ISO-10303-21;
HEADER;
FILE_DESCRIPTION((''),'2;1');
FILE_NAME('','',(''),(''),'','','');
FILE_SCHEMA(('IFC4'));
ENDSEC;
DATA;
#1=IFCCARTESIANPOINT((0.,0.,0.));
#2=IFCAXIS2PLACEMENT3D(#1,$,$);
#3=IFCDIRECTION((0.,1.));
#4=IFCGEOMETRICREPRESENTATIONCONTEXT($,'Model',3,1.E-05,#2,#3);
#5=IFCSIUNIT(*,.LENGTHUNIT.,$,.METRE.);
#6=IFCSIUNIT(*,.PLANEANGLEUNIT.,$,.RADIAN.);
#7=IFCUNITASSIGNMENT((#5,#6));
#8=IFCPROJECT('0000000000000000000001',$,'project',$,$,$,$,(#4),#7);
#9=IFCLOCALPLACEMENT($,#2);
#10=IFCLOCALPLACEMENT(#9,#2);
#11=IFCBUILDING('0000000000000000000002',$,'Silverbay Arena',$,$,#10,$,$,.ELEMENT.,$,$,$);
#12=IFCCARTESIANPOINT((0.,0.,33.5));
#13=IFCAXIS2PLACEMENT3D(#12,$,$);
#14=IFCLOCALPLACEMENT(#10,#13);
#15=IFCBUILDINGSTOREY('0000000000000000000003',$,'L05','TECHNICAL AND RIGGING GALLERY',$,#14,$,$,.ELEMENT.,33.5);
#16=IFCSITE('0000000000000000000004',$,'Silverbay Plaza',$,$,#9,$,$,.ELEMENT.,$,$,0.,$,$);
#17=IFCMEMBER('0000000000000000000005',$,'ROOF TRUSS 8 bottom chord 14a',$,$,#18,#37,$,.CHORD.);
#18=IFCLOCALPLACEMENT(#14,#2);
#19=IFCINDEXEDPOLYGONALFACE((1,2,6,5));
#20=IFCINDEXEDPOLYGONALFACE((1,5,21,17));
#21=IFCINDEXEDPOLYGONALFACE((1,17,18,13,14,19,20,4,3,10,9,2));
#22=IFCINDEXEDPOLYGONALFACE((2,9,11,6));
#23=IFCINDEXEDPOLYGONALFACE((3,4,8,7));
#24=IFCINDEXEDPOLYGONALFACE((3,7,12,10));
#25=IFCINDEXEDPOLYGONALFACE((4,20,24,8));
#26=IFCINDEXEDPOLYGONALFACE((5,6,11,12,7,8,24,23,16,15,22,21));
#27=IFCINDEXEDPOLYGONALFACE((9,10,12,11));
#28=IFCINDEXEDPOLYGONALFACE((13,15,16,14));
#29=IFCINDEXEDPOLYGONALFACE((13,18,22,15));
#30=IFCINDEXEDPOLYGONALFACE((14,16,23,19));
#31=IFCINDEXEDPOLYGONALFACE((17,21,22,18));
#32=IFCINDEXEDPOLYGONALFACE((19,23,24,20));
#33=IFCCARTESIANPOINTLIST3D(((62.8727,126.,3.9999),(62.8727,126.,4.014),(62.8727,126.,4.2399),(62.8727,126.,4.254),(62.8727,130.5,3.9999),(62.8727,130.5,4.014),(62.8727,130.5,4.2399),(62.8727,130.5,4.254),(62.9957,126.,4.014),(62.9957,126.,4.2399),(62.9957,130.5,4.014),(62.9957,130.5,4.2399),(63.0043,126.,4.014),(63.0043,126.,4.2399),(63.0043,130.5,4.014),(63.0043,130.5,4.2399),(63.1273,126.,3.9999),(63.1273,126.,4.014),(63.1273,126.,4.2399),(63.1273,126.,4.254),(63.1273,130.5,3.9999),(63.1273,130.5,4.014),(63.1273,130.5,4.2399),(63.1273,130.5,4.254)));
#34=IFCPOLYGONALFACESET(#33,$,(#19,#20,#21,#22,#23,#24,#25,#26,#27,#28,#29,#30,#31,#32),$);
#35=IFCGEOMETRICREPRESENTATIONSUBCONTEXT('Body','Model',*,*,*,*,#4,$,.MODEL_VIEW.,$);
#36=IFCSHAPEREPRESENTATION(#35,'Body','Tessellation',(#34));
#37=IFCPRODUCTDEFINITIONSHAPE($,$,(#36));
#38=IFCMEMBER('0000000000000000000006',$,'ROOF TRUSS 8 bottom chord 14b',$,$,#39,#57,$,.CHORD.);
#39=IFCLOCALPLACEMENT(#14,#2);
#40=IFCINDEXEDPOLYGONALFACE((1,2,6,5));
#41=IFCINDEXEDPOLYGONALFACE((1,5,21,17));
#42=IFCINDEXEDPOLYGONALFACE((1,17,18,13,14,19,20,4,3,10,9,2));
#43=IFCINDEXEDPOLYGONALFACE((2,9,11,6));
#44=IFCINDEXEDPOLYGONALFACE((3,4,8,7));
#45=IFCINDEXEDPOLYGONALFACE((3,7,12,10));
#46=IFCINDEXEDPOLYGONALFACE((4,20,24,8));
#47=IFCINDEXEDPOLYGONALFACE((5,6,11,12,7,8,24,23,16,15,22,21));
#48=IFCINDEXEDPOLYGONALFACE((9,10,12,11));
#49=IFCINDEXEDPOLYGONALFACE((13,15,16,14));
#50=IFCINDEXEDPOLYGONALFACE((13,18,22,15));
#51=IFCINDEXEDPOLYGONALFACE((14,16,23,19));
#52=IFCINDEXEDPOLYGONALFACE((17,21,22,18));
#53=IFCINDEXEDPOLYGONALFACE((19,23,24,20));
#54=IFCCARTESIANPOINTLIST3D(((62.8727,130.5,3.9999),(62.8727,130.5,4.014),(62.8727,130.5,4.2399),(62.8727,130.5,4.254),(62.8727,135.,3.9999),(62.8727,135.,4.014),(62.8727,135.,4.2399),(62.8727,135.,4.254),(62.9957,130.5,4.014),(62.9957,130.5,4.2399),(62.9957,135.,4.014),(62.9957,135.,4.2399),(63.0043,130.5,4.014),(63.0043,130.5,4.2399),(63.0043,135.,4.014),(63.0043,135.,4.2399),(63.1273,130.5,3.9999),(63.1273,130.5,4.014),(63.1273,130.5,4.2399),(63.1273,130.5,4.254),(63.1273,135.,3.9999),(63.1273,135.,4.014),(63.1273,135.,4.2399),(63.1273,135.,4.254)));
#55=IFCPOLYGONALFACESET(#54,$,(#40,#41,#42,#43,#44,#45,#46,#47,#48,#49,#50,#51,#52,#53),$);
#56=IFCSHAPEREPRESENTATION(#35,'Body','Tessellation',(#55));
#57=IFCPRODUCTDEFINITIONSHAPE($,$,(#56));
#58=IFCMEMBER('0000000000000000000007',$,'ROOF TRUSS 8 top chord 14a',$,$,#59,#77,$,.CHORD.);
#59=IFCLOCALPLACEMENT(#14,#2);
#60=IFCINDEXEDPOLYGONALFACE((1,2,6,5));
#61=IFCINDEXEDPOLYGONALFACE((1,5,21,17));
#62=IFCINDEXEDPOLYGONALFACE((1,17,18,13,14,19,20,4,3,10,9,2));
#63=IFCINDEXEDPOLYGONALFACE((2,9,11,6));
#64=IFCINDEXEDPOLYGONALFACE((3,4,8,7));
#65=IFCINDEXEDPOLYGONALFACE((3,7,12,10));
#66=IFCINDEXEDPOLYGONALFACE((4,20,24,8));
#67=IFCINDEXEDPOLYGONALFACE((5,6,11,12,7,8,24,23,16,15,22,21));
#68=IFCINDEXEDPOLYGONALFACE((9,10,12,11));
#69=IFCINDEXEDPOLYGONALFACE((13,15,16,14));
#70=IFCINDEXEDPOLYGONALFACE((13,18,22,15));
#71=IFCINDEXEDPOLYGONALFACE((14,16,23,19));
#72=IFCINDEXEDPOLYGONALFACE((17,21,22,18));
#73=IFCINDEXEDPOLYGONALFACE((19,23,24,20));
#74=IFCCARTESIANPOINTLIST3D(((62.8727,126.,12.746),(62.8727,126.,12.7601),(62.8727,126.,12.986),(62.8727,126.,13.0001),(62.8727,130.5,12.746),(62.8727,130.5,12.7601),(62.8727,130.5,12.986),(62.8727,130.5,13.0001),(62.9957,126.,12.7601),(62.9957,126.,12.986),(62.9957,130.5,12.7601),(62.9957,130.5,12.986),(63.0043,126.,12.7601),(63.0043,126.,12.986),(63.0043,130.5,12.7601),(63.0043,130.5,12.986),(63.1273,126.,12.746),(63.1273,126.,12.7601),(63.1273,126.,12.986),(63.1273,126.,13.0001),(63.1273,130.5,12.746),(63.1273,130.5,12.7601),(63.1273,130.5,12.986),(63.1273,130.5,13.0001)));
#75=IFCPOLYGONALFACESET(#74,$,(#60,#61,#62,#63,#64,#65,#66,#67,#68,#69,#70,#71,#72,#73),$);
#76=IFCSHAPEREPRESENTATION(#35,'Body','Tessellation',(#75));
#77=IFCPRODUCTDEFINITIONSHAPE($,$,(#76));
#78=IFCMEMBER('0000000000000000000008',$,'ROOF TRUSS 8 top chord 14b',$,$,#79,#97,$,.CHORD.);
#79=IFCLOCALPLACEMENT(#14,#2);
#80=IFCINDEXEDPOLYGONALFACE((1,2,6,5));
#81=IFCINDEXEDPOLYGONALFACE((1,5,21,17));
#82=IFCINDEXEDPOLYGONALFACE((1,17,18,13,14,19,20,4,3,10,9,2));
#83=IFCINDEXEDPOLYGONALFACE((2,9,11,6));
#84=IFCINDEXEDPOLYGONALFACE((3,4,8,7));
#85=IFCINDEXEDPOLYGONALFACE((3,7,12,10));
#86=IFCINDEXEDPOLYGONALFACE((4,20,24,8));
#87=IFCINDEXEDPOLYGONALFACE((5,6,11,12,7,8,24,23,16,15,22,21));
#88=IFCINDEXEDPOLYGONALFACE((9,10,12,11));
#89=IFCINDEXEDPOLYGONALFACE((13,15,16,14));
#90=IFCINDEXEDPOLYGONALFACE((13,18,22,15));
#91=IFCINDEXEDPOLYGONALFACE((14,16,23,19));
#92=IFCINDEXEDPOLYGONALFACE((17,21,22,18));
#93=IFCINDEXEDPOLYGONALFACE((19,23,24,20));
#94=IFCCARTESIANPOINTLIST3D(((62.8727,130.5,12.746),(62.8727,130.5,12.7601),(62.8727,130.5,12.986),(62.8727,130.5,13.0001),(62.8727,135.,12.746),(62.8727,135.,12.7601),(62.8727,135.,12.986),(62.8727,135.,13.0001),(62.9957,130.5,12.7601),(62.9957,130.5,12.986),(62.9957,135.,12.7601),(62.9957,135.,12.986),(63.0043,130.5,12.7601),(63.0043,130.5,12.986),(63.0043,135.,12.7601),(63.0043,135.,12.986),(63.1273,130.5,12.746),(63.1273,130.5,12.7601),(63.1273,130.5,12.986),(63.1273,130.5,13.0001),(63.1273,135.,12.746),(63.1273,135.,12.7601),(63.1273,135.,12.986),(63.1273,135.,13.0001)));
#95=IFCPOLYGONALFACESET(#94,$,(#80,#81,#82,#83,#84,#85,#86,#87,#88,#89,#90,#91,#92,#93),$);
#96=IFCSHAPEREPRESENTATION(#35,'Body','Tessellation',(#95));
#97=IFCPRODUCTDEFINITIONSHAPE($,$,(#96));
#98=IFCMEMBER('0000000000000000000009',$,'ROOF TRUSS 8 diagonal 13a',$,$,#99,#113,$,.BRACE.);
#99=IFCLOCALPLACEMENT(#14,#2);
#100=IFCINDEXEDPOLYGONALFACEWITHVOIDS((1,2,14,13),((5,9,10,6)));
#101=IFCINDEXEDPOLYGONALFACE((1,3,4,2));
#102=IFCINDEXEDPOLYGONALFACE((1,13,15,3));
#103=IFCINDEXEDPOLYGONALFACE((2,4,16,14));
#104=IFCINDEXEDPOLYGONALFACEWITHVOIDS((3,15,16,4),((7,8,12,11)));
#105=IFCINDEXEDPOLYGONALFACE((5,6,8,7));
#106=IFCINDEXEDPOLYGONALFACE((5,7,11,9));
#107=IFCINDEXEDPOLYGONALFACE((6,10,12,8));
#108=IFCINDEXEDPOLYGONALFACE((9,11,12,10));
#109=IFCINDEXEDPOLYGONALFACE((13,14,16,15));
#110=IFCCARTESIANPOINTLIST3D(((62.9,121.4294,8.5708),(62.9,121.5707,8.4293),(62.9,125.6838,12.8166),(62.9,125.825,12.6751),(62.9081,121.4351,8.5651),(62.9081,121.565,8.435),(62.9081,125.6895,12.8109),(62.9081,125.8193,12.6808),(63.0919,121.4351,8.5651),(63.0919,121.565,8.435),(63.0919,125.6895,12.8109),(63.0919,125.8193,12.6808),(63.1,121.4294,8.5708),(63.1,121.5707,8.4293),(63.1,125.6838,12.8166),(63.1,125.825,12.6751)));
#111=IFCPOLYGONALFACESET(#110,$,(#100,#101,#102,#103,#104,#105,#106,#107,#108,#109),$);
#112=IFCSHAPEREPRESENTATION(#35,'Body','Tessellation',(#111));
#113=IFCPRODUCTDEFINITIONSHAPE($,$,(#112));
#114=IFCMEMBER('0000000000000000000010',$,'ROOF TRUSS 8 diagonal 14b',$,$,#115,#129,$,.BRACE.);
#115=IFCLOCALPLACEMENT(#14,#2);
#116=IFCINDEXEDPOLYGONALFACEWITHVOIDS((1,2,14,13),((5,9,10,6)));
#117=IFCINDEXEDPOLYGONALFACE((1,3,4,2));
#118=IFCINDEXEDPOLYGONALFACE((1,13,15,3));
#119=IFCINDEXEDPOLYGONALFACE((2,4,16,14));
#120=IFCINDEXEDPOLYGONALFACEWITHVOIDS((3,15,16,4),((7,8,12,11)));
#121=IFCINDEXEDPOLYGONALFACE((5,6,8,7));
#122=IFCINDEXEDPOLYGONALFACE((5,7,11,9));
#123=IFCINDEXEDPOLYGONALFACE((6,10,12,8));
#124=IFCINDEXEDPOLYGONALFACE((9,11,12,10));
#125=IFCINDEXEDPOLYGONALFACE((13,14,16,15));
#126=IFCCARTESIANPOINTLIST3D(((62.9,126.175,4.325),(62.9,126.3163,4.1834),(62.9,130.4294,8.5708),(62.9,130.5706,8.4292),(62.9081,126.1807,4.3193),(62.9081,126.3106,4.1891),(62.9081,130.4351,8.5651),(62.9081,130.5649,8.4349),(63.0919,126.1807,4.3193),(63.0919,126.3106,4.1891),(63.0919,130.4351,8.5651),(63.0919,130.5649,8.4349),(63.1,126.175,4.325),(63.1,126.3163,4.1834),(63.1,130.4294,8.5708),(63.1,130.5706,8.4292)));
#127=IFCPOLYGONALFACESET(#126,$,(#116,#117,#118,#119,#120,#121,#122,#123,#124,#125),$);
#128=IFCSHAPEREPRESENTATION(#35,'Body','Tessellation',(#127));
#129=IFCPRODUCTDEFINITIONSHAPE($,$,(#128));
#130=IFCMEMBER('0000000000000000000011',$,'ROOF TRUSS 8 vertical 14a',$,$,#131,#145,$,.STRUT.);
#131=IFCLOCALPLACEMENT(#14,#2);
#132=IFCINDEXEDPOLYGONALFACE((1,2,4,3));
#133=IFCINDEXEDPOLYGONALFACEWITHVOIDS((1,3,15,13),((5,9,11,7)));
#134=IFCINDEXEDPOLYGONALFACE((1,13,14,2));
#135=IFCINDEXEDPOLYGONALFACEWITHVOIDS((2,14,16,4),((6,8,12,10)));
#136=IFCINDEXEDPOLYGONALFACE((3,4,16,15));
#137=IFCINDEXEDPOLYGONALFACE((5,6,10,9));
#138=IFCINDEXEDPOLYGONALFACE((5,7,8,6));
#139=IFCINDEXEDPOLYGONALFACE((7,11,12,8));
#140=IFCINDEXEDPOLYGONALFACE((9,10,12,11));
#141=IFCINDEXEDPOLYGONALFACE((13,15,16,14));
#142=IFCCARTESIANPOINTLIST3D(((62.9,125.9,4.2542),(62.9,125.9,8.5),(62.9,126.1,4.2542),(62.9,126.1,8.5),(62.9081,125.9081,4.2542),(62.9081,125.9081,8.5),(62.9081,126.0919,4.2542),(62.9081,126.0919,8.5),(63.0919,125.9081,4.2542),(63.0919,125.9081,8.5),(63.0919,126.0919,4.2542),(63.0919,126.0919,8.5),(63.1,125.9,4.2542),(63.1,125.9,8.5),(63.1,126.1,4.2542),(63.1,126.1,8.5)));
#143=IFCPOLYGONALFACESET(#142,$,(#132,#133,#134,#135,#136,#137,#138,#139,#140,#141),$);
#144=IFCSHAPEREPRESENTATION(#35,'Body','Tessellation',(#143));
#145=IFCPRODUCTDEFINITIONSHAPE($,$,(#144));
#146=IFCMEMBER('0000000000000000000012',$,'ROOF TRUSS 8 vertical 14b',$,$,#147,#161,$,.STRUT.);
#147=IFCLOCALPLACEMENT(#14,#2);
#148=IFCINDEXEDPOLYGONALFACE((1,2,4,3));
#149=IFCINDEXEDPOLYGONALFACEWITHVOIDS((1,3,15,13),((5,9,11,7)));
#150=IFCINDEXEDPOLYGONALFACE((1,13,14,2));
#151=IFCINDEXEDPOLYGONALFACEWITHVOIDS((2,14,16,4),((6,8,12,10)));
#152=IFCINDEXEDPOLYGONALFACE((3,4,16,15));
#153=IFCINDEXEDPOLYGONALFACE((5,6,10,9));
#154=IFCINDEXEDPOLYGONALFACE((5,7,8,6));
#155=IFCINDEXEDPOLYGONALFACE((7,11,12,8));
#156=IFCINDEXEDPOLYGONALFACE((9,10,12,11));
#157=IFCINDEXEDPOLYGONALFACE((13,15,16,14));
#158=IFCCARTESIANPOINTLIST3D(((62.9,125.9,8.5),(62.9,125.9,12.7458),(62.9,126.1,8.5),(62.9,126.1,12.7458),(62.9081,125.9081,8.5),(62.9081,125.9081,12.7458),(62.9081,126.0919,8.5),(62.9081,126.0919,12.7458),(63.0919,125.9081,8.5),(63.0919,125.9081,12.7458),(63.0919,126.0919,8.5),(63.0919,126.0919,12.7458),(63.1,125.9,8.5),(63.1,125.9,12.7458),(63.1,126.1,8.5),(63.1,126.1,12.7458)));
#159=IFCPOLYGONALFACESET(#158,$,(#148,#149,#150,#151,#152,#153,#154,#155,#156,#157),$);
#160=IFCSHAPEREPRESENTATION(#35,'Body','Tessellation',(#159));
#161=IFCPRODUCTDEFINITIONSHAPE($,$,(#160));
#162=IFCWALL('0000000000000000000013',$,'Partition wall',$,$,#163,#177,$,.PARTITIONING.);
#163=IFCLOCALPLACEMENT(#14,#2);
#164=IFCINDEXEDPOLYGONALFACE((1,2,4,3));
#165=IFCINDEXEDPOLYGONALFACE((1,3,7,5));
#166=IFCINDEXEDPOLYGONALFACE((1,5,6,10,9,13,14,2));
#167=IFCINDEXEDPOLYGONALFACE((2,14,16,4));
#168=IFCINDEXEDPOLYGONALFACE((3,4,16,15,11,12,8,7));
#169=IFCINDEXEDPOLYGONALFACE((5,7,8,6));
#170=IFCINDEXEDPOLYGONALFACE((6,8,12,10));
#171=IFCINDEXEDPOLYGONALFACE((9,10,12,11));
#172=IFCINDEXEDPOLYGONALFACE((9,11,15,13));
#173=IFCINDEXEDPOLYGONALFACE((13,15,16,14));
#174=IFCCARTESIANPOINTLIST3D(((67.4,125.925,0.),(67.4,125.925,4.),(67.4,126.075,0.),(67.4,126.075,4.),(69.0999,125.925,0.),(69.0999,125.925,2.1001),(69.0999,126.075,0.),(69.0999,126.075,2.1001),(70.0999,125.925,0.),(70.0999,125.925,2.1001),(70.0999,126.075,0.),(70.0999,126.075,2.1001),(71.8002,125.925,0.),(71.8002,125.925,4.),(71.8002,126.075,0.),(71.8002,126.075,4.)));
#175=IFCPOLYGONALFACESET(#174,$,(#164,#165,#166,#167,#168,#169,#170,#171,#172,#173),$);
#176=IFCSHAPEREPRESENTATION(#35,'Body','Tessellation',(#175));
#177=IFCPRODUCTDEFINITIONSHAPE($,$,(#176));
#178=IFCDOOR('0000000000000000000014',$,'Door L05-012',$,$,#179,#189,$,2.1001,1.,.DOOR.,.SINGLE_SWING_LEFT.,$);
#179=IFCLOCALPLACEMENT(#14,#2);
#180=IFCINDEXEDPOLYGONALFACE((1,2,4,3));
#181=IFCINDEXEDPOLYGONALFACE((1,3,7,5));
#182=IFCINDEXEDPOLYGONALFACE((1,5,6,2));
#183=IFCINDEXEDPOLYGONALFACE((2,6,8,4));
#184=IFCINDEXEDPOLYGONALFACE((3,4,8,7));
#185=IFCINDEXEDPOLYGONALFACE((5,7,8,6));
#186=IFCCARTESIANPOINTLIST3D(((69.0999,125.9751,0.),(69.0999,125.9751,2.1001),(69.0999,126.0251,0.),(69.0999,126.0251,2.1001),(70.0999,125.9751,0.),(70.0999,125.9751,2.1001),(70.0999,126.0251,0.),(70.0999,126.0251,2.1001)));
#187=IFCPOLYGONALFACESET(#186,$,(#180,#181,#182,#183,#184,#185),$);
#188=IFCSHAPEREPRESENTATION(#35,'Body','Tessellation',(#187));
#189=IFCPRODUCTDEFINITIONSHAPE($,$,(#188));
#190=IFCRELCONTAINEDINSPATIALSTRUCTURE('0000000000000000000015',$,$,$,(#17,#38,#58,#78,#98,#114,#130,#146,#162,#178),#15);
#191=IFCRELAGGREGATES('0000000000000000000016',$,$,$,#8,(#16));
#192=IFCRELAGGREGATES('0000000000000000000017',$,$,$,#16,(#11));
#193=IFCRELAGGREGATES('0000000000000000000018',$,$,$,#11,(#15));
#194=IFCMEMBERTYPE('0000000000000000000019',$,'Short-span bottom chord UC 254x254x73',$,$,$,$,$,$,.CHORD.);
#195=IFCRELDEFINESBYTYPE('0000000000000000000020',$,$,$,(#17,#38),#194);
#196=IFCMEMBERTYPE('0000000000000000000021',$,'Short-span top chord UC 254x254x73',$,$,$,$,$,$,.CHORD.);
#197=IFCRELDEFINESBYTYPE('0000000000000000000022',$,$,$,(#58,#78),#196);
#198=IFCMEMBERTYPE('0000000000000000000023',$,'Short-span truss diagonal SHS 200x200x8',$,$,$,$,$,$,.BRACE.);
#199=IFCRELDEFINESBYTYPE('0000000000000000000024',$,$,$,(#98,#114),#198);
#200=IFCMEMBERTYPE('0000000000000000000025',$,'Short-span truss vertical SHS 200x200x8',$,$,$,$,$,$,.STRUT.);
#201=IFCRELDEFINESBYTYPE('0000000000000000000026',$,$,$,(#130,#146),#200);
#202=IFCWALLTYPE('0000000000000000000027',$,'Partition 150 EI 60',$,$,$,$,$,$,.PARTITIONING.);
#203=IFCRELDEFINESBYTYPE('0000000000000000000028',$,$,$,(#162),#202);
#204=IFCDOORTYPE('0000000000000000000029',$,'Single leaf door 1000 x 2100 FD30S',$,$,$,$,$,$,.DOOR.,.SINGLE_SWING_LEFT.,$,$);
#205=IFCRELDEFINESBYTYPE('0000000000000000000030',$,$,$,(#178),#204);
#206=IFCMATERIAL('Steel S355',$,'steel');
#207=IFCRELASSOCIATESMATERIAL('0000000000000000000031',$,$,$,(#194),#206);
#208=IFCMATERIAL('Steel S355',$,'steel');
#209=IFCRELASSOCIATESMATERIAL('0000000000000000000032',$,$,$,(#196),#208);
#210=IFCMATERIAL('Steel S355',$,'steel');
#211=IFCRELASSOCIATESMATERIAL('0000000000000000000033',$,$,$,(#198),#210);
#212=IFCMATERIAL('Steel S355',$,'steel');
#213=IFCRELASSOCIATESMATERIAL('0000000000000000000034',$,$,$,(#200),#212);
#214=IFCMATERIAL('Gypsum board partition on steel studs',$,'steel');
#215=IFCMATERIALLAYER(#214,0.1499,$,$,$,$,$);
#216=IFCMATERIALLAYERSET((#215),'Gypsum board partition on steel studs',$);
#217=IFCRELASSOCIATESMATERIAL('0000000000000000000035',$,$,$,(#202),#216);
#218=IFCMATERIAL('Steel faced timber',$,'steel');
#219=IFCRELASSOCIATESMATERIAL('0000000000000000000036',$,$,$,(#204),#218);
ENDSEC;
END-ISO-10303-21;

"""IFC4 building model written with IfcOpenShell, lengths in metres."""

from ifc_helpers import new_model, si_unit, direction, frame, frame_2d, origin, origin_2d, place, context, subcontext, project, spatial, rectangle, hollow_rectangle, i_section, extrude, material, layer, layer_set, material_profile, profile_set, type_object, element, fill, save


model = new_model("IFC4")

# Units and contexts
model_context = context("Model", 3, precision=1e-05, world=origin(), true_north=direction((0.0, 1.0)))
body_context = subcontext(model_context, "Body", "Model", "MODEL_VIEW")
ifc_project = project(units=[si_unit("LENGTHUNIT", "METRE"), si_unit("PLANEANGLEUNIT", "RADIAN")], contexts=[model_context])

# Site, building, storey
site_placement = place(None, origin())
site = spatial("IfcSite", under=ifc_project, at=site_placement, Name="Silverbay Plaza", CompositionType="ELEMENT", RefElevation=0.0)
building_placement = place(site_placement, origin())
building = spatial("IfcBuilding", under=site, at=building_placement, Name="Silverbay Arena", CompositionType="ELEMENT")
storey_placement = place(building_placement, frame((0.0, 0.0, 33.5)))
storey = spatial("IfcBuildingStorey", under=building, at=storey_placement, Name="L05", Description="TECHNICAL AND RIGGING GALLERY", CompositionType="ELEMENT", Elevation=33.5)

# Members
ifc_material_1 = material(Name="Steel S355", Category="steel")
ifc_material_profile_1 = material_profile(ifc_material_1, i_section(OverallWidth=0.2546, OverallDepth=0.2542, WebThickness=0.0085, FlangeThickness=0.0142, at=origin_2d()), Name="UC 254x254x73")
ifc_profile_set_1 = profile_set([ifc_material_profile_1], Name="Steel S355")
member_type_1 = type_object("IfcMemberType", Name="Short-span bottom chord UC 254x254x73", PredefinedType="CHORD", material=ifc_profile_set_1)
for number, where, z_axis, x_axis, name in (
    (1, (63.0, 126.0, 4.127), (0.0, 1.0, 0.0), (-1.0, 0.0, 0.0), "ROOF TRUSS 8 bottom chord 14a"),
    (2, (63.0, 130.5, 4.127), (0.0, 1.0, 0.0), (-1.0, 0.0, 0.0), "ROOF TRUSS 8 bottom chord 14b"),
):
    element("IfcMember", number, at=place(storey_placement, frame(where, z_axis=z_axis, x_axis=x_axis)), inside=storey, type_object=member_type_1, Name=name, PredefinedType="CHORD", context=body_context, shape_type="SweptSolid", body=[
        extrude(i_section(OverallWidth=0.2546, OverallDepth=0.2542, WebThickness=0.0085, FlangeThickness=0.0142, at=origin_2d()), origin(), (0.0, 0.0, 1.0), 4.5),
    ])
ifc_material_2 = material(Name="Steel S355", Category="steel")
ifc_material_profile_2 = material_profile(ifc_material_2, i_section(OverallWidth=0.2546, OverallDepth=0.2542, WebThickness=0.0085, FlangeThickness=0.0142, at=origin_2d()), Name="UC 254x254x73")
ifc_profile_set_2 = profile_set([ifc_material_profile_2], Name="Steel S355")
member_type_2 = type_object("IfcMemberType", Name="Short-span top chord UC 254x254x73", PredefinedType="CHORD", material=ifc_profile_set_2)
for number, where, z_axis, x_axis, name in (
    (3, (63.0, 126.0, 12.873), (0.0, 1.0, 0.0), (-1.0, 0.0, 0.0), "ROOF TRUSS 8 top chord 14a"),
    (4, (63.0, 130.5, 12.873), (0.0, 1.0, 0.0), (-1.0, 0.0, 0.0), "ROOF TRUSS 8 top chord 14b"),
):
    element("IfcMember", number, at=place(storey_placement, frame(where, z_axis=z_axis, x_axis=x_axis)), inside=storey, type_object=member_type_2, Name=name, PredefinedType="CHORD", context=body_context, shape_type="SweptSolid", body=[
        extrude(i_section(OverallWidth=0.2546, OverallDepth=0.2542, WebThickness=0.0085, FlangeThickness=0.0142, at=origin_2d()), origin(), (0.0, 0.0, 1.0), 4.5),
    ])
ifc_material_3 = material(Name="Steel S355", Category="steel")
ifc_material_profile_3 = material_profile(ifc_material_3, hollow_rectangle(XDim=0.2, YDim=0.2, WallThickness=0.0081, at=origin_2d()), Name="SHS 200x200x8")
ifc_profile_set_3 = profile_set([ifc_material_profile_3], Name="Steel S355")
member_type_3 = type_object("IfcMemberType", Name="Short-span truss diagonal SHS 200x200x8", PredefinedType="BRACE", material=ifc_profile_set_3)
for number, where, z_axis, x_axis, name in (
    (5, (63.0, 125.7544, 12.7458), (0.0, -0.707817, -0.706396), (1.0, 0.0, 0.0), "ROOF TRUSS 8 diagonal 13a"),
    (6, (63.0, 130.5, 8.5), (0.0, -0.707817, -0.706396), (1.0, 0.0, 0.0), "ROOF TRUSS 8 diagonal 14b"),
):
    element("IfcMember", number, at=place(storey_placement, frame(where, z_axis=z_axis, x_axis=x_axis)), inside=storey, type_object=member_type_3, Name=name, PredefinedType="BRACE", context=body_context, shape_type="SweptSolid", body=[
        extrude(hollow_rectangle(XDim=0.2, YDim=0.2, WallThickness=0.0081, at=origin_2d()), origin(), (0.0, 0.0, 1.0), 6.0105),
    ])
ifc_material_4 = material(Name="Steel S355", Category="steel")
ifc_material_profile_4 = material_profile(ifc_material_4, hollow_rectangle(XDim=0.2, YDim=0.2, WallThickness=0.0081, at=origin_2d()), Name="SHS 200x200x8")
ifc_profile_set_4 = profile_set([ifc_material_profile_4], Name="Steel S355")
member_type_4 = type_object("IfcMemberType", Name="Short-span truss vertical SHS 200x200x8", PredefinedType="STRUT", material=ifc_profile_set_4)
for number, where, z_axis, x_axis, name in (
    (7, (63.0, 126.0, 4.2542), (0.0, 0.0, 1.0), (1.0, 0.0, 0.0), "ROOF TRUSS 8 vertical 14a"),
    (8, (63.0, 126.0, 8.5), (0.0, 0.0, 1.0), (1.0, 0.0, 0.0), "ROOF TRUSS 8 vertical 14b"),
):
    element("IfcMember", number, at=place(storey_placement, frame(where, z_axis=z_axis, x_axis=x_axis)), inside=storey, type_object=member_type_4, Name=name, PredefinedType="STRUT", context=body_context, shape_type="SweptSolid", body=[
        extrude(hollow_rectangle(XDim=0.2, YDim=0.2, WallThickness=0.0081, at=origin_2d()), origin(), (0.0, 0.0, 1.0), 4.2458),
    ])

# Wall, opening, door
ifc_material_5 = material(Name="Gypsum board partition on steel studs", Category="steel")
ifc_layer_1 = layer(ifc_material_5, 0.1499)
ifc_layer_set_1 = layer_set([ifc_layer_1], Name="Gypsum board partition on steel studs")
wall_type_1 = type_object("IfcWallType", Name="Partition 150 EI 60", PredefinedType="PARTITIONING", material=ifc_layer_set_1)
wall_1_placement = place(storey_placement, frame((67.3999, 126.0, 0.0), z_axis=(0.0, 0.0, 1.0), x_axis=(1.0, 0.0, 0.0)))
wall_1 = element("IfcWall", 9, at=wall_1_placement, inside=storey, type_object=wall_type_1, Name="Partition wall", PredefinedType="PARTITIONING", context=body_context, shape_type="SweptSolid", body=[
    extrude(rectangle(XDim=4.4001, YDim=0.1499, at=frame_2d((2.2002, 0.0))), origin(), (0.0, 0.0, 1.0), 4.0),
])
opening_placement = place(wall_1_placement, frame((1.7, 0.0, 0.0)))
opening = element("IfcOpeningElement", 10, at=opening_placement, cuts=wall_1, PredefinedType="OPENING", context=body_context, shape_type="SweptSolid", body=[
    extrude(rectangle(XDim=1.0, YDim=2.1001, at=frame_2d((0.5, 1.05))), frame((0.0, 0.085, 0.0), z_axis=(0.0, -1.0, 0.0), x_axis=(1.0, 0.0, 0.0)), (0.0, 0.0, 1.0), 0.1699),
])
ifc_material_6 = material(Name="Steel faced timber", Category="steel")
door_type = type_object("IfcDoorType", Name="Single leaf door 1000 x 2100 FD30S", OperationType="SINGLE_SWING_LEFT", PredefinedType="DOOR", material=ifc_material_6)
door_placement = place(opening_placement, frame((1.0, 0.0, 0.0), z_axis=(0.0, 0.0, 1.0), x_axis=(-1.0, 0.0, 0.0)))
door = element("IfcDoor", 11, at=door_placement, inside=storey, type_object=door_type, Name="Door L05-012", OperationType="SINGLE_SWING_LEFT", OverallHeight=2.1001, OverallWidth=1.0, PredefinedType="DOOR", context=body_context, shape_type="SweptSolid", body=[
    extrude(rectangle(XDim=1.0, YDim=2.1001, at=frame_2d((0.5, 1.05))), frame((0.0, 0.0249, 0.0), z_axis=(0.0, -1.0, 0.0), x_axis=(1.0, 0.0, 0.0)), (0.0, 0.0, 1.0), 0.05),
])
fill(opening, door)

save(model, "model.ifc")
